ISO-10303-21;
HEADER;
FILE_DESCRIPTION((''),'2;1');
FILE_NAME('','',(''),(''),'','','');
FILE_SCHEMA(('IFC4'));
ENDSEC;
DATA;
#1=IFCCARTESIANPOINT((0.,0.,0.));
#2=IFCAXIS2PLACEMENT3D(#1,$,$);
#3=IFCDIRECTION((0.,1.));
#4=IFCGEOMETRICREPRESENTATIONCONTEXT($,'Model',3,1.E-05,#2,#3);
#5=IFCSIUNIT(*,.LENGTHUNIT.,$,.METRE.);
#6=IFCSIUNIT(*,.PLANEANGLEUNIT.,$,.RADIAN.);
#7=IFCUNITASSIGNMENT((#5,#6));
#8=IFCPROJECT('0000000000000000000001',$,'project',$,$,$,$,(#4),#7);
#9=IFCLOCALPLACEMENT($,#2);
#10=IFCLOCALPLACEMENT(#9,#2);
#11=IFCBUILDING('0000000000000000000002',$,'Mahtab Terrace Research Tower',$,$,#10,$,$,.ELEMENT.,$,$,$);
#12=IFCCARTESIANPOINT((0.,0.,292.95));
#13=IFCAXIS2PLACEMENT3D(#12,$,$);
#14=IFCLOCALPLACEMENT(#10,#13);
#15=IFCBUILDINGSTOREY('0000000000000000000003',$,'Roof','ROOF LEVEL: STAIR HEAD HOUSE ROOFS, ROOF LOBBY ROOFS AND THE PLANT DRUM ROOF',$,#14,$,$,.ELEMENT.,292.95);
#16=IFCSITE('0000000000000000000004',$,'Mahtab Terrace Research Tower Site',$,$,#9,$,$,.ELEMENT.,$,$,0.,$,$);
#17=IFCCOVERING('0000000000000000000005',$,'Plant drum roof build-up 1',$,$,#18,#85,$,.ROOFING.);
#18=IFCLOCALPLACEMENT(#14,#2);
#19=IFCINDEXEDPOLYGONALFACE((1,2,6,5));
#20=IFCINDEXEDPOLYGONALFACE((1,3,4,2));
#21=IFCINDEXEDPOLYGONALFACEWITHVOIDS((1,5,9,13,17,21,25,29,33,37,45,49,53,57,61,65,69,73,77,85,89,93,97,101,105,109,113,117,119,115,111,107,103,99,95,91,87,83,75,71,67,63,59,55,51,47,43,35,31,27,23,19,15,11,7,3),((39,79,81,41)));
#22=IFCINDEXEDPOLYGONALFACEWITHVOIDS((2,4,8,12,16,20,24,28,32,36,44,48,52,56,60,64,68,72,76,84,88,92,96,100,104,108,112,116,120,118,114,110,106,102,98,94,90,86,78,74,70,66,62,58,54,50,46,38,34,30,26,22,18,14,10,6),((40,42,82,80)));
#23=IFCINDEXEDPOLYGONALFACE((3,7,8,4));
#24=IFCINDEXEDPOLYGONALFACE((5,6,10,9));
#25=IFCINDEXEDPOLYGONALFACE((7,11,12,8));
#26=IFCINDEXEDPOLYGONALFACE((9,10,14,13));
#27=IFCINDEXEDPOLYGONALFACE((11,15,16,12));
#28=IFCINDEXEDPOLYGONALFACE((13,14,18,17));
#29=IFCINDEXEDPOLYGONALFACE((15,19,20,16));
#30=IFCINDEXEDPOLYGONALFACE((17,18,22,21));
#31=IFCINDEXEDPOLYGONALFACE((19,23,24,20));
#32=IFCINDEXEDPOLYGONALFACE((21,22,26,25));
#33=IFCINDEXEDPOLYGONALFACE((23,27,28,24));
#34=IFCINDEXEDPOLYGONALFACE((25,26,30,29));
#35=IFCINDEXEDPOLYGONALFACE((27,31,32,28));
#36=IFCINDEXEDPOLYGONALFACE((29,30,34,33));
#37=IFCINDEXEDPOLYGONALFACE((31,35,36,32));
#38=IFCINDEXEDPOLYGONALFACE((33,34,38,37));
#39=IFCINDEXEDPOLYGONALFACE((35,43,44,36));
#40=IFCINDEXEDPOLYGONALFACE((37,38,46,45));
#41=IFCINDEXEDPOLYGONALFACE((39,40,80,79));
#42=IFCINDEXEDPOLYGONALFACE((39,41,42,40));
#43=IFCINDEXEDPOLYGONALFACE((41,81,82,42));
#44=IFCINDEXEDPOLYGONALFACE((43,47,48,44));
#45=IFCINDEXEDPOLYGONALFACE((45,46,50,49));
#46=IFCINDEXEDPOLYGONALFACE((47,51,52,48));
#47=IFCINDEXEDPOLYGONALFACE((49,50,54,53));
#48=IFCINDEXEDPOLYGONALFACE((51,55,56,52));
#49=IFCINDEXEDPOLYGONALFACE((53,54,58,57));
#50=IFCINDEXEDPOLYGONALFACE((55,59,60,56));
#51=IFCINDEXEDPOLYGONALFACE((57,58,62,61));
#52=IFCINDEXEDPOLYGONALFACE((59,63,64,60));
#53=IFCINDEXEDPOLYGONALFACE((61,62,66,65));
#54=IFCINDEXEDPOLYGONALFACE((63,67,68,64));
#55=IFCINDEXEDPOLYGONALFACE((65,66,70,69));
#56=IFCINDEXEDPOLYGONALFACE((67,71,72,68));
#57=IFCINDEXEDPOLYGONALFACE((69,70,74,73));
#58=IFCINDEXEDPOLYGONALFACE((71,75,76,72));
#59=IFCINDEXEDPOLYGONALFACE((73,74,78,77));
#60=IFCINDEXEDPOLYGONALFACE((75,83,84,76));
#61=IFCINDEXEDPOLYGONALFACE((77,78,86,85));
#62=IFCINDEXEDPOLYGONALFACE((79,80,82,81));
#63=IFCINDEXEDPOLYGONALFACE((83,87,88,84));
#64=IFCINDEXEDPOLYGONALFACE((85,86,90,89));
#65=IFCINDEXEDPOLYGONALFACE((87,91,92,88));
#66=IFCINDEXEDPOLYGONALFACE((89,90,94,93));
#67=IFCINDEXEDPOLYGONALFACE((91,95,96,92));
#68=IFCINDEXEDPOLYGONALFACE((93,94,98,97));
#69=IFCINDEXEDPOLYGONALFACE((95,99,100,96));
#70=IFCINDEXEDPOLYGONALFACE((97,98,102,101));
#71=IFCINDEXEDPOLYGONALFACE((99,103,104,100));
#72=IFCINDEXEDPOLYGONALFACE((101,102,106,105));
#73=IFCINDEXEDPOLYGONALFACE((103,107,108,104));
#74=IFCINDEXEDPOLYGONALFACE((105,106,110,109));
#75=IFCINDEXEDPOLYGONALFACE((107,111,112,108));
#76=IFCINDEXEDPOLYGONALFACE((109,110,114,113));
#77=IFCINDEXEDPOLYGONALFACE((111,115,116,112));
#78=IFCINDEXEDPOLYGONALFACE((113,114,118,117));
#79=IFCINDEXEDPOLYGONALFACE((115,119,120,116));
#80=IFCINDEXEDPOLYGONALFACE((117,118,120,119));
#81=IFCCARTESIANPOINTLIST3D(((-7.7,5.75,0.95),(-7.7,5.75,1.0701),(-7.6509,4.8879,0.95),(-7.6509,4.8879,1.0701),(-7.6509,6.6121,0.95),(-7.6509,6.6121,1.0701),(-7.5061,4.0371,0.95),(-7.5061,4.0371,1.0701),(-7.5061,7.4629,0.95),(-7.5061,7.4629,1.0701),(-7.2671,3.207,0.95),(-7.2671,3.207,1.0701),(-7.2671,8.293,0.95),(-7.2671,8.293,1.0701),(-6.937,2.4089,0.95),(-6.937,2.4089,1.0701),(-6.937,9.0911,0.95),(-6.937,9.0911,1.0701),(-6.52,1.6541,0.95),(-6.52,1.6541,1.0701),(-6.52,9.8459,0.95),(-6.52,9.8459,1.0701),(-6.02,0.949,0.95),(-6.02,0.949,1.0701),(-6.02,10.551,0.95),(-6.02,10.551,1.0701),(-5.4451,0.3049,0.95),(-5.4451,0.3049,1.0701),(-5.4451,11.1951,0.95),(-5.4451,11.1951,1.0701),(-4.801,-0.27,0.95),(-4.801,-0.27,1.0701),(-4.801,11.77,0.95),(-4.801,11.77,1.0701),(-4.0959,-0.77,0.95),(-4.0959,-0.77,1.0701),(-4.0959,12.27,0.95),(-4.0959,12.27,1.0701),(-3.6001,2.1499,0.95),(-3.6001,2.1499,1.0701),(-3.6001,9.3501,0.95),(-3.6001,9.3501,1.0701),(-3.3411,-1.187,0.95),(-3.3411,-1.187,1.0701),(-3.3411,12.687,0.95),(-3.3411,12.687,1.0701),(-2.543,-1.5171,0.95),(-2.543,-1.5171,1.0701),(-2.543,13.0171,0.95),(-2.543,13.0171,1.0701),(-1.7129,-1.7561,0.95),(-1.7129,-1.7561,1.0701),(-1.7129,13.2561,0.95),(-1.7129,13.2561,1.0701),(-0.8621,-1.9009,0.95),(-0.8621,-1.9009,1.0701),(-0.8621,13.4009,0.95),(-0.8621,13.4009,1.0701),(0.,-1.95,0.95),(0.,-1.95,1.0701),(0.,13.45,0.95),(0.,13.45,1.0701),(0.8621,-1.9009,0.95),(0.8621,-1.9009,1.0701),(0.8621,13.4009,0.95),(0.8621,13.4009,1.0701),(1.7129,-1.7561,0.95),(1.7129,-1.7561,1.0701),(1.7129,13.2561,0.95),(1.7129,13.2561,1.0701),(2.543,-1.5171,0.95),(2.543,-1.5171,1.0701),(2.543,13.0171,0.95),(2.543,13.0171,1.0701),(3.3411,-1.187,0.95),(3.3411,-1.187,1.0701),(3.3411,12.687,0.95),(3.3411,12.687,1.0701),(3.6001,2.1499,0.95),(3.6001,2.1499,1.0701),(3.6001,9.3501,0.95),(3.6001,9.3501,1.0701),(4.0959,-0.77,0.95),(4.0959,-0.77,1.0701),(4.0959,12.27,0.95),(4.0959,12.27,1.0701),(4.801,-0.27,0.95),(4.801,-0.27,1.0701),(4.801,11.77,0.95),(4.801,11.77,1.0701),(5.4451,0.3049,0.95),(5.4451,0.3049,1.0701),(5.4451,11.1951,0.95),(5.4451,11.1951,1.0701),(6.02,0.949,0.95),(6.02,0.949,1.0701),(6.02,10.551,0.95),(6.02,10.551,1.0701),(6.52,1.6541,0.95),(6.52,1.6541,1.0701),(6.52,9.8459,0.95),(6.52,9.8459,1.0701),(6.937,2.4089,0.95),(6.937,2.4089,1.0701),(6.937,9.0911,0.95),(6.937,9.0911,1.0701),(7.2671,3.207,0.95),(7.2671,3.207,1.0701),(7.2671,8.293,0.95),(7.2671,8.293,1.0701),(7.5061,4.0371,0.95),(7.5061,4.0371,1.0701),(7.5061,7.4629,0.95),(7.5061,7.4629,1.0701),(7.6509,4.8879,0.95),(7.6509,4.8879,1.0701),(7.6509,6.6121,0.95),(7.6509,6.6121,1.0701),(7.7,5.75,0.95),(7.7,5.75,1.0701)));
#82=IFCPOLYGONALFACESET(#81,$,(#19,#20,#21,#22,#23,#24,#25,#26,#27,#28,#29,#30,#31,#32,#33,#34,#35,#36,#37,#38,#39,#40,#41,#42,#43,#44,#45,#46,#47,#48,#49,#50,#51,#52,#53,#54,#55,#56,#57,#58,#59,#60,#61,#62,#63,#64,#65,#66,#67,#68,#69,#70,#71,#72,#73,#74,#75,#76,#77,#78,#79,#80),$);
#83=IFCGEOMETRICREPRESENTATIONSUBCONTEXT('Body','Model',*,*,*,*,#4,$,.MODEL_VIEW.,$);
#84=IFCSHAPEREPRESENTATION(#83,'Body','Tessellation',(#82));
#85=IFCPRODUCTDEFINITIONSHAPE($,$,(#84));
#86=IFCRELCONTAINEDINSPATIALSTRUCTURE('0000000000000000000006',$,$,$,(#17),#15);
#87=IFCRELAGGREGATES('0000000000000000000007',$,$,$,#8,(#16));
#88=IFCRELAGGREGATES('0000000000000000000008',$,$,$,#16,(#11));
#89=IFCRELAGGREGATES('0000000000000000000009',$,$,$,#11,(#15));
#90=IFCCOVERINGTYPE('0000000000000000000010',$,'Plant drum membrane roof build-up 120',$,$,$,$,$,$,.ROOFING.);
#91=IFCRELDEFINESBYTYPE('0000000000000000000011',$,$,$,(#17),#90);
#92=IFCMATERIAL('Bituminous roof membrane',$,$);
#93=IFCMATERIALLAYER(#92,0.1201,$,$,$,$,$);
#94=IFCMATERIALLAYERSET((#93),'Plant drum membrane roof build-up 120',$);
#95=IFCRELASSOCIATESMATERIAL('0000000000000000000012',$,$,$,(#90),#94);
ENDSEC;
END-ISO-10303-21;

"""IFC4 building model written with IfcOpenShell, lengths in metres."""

from ifc_helpers import new_model, si_unit, direction, frame, origin, place, context, subcontext, project, spatial, polyline, outline, extrude, material, layer, layer_set, type_object, element, save


model = new_model("IFC4")

# Units and contexts
model_context = context("Model", 3, precision=1e-05, world=origin(), true_north=direction((0.0, 1.0)))
body_context = subcontext(model_context, "Body", "Model", "MODEL_VIEW")
ifc_project = project(units=[si_unit("LENGTHUNIT", "METRE"), si_unit("PLANEANGLEUNIT", "RADIAN")], contexts=[model_context])

# Site, building, storey
site_placement = place(None, origin())
site = spatial("IfcSite", under=ifc_project, at=site_placement, Name="Mahtab Terrace Research Tower Site", CompositionType="ELEMENT", RefElevation=0.0)
building_placement = place(site_placement, origin())
building = spatial("IfcBuilding", under=site, at=building_placement, Name="Mahtab Terrace Research Tower", CompositionType="ELEMENT")
storey_placement = place(building_placement, frame((0.0, 0.0, 292.95)))
storey = spatial("IfcBuildingStorey", under=building, at=storey_placement, Name="Roof", Description="ROOF LEVEL: STAIR HEAD HOUSE ROOFS, ROOF LOBBY ROOFS AND THE PLANT DRUM ROOF", CompositionType="ELEMENT", Elevation=292.95)

# Covering
ifc_material_1 = material(Name="Bituminous roof membrane")
ifc_layer_1 = layer(ifc_material_1, 0.1201)
ifc_layer_set_1 = layer_set([ifc_layer_1], Name="Plant drum membrane roof build-up 120")
covering_type = type_object("IfcCoveringType", Name="Plant drum membrane roof build-up 120", PredefinedType="ROOFING", material=ifc_layer_set_1)
covering_placement = place(storey_placement, frame((0.0, 0.0, 0.95)))
element("IfcCovering", 1, at=covering_placement, inside=storey, type_object=covering_type, Name="Plant drum roof build-up 1", PredefinedType="ROOFING", context=body_context, shape_type="SweptSolid", body=[
    extrude(outline(polyline([(7.7, 5.75), (7.6509, 4.8879), (7.5061, 4.0371), (7.2671, 3.207), (6.937, 2.4089), (6.52, 1.6541), (6.02, 0.949), (5.4451, 0.3049), (4.801, -0.27), (4.0959, -0.77), (3.3411, -1.187), (2.543, -1.5171), (1.7129, -1.7561), (0.8621, -1.9009), (0.0, -1.95), (-0.8621, -1.9009), (-1.7129, -1.7561), (-2.543, -1.5171), (-3.3411, -1.187), (-4.0959, -0.77), (-4.801, -0.27), (-5.4451, 0.3049), (-6.02, 0.949), (-6.52, 1.6541), (-6.937, 2.4089), (-7.2671, 3.207), (-7.5061, 4.0371), (-7.6509, 4.8879), (-7.7, 5.75), (-7.6509, 6.6121), (-7.5061, 7.4629), (-7.2671, 8.293), (-6.937, 9.0911), (-6.52, 9.8459), (-6.02, 10.551), (-5.4451, 11.1951), (-4.801, 11.77), (-4.0959, 12.27), (-3.3411, 12.687), (-2.543, 13.0171), (-1.7129, 13.2561), (-0.8621, 13.4009), (0.0, 13.45), (0.8621, 13.4009), (1.7129, 13.2561), (2.543, 13.0171), (3.3411, 12.687), (4.0959, 12.27), (4.801, 11.77), (5.4451, 11.1951), (6.02, 10.551), (6.52, 9.8459), (6.937, 9.0911), (7.2671, 8.293), (7.5061, 7.4629), (7.6509, 6.6121), (7.7, 5.75)]), holes=[polyline([(3.6001, 9.3501), (-3.6001, 9.3501), (-3.6001, 2.1499), (3.6001, 2.1499), (3.6001, 9.3501)])]), origin(), (0.0, 0.0, 1.0), 0.1201),
])

save(model, "model.ifc")
